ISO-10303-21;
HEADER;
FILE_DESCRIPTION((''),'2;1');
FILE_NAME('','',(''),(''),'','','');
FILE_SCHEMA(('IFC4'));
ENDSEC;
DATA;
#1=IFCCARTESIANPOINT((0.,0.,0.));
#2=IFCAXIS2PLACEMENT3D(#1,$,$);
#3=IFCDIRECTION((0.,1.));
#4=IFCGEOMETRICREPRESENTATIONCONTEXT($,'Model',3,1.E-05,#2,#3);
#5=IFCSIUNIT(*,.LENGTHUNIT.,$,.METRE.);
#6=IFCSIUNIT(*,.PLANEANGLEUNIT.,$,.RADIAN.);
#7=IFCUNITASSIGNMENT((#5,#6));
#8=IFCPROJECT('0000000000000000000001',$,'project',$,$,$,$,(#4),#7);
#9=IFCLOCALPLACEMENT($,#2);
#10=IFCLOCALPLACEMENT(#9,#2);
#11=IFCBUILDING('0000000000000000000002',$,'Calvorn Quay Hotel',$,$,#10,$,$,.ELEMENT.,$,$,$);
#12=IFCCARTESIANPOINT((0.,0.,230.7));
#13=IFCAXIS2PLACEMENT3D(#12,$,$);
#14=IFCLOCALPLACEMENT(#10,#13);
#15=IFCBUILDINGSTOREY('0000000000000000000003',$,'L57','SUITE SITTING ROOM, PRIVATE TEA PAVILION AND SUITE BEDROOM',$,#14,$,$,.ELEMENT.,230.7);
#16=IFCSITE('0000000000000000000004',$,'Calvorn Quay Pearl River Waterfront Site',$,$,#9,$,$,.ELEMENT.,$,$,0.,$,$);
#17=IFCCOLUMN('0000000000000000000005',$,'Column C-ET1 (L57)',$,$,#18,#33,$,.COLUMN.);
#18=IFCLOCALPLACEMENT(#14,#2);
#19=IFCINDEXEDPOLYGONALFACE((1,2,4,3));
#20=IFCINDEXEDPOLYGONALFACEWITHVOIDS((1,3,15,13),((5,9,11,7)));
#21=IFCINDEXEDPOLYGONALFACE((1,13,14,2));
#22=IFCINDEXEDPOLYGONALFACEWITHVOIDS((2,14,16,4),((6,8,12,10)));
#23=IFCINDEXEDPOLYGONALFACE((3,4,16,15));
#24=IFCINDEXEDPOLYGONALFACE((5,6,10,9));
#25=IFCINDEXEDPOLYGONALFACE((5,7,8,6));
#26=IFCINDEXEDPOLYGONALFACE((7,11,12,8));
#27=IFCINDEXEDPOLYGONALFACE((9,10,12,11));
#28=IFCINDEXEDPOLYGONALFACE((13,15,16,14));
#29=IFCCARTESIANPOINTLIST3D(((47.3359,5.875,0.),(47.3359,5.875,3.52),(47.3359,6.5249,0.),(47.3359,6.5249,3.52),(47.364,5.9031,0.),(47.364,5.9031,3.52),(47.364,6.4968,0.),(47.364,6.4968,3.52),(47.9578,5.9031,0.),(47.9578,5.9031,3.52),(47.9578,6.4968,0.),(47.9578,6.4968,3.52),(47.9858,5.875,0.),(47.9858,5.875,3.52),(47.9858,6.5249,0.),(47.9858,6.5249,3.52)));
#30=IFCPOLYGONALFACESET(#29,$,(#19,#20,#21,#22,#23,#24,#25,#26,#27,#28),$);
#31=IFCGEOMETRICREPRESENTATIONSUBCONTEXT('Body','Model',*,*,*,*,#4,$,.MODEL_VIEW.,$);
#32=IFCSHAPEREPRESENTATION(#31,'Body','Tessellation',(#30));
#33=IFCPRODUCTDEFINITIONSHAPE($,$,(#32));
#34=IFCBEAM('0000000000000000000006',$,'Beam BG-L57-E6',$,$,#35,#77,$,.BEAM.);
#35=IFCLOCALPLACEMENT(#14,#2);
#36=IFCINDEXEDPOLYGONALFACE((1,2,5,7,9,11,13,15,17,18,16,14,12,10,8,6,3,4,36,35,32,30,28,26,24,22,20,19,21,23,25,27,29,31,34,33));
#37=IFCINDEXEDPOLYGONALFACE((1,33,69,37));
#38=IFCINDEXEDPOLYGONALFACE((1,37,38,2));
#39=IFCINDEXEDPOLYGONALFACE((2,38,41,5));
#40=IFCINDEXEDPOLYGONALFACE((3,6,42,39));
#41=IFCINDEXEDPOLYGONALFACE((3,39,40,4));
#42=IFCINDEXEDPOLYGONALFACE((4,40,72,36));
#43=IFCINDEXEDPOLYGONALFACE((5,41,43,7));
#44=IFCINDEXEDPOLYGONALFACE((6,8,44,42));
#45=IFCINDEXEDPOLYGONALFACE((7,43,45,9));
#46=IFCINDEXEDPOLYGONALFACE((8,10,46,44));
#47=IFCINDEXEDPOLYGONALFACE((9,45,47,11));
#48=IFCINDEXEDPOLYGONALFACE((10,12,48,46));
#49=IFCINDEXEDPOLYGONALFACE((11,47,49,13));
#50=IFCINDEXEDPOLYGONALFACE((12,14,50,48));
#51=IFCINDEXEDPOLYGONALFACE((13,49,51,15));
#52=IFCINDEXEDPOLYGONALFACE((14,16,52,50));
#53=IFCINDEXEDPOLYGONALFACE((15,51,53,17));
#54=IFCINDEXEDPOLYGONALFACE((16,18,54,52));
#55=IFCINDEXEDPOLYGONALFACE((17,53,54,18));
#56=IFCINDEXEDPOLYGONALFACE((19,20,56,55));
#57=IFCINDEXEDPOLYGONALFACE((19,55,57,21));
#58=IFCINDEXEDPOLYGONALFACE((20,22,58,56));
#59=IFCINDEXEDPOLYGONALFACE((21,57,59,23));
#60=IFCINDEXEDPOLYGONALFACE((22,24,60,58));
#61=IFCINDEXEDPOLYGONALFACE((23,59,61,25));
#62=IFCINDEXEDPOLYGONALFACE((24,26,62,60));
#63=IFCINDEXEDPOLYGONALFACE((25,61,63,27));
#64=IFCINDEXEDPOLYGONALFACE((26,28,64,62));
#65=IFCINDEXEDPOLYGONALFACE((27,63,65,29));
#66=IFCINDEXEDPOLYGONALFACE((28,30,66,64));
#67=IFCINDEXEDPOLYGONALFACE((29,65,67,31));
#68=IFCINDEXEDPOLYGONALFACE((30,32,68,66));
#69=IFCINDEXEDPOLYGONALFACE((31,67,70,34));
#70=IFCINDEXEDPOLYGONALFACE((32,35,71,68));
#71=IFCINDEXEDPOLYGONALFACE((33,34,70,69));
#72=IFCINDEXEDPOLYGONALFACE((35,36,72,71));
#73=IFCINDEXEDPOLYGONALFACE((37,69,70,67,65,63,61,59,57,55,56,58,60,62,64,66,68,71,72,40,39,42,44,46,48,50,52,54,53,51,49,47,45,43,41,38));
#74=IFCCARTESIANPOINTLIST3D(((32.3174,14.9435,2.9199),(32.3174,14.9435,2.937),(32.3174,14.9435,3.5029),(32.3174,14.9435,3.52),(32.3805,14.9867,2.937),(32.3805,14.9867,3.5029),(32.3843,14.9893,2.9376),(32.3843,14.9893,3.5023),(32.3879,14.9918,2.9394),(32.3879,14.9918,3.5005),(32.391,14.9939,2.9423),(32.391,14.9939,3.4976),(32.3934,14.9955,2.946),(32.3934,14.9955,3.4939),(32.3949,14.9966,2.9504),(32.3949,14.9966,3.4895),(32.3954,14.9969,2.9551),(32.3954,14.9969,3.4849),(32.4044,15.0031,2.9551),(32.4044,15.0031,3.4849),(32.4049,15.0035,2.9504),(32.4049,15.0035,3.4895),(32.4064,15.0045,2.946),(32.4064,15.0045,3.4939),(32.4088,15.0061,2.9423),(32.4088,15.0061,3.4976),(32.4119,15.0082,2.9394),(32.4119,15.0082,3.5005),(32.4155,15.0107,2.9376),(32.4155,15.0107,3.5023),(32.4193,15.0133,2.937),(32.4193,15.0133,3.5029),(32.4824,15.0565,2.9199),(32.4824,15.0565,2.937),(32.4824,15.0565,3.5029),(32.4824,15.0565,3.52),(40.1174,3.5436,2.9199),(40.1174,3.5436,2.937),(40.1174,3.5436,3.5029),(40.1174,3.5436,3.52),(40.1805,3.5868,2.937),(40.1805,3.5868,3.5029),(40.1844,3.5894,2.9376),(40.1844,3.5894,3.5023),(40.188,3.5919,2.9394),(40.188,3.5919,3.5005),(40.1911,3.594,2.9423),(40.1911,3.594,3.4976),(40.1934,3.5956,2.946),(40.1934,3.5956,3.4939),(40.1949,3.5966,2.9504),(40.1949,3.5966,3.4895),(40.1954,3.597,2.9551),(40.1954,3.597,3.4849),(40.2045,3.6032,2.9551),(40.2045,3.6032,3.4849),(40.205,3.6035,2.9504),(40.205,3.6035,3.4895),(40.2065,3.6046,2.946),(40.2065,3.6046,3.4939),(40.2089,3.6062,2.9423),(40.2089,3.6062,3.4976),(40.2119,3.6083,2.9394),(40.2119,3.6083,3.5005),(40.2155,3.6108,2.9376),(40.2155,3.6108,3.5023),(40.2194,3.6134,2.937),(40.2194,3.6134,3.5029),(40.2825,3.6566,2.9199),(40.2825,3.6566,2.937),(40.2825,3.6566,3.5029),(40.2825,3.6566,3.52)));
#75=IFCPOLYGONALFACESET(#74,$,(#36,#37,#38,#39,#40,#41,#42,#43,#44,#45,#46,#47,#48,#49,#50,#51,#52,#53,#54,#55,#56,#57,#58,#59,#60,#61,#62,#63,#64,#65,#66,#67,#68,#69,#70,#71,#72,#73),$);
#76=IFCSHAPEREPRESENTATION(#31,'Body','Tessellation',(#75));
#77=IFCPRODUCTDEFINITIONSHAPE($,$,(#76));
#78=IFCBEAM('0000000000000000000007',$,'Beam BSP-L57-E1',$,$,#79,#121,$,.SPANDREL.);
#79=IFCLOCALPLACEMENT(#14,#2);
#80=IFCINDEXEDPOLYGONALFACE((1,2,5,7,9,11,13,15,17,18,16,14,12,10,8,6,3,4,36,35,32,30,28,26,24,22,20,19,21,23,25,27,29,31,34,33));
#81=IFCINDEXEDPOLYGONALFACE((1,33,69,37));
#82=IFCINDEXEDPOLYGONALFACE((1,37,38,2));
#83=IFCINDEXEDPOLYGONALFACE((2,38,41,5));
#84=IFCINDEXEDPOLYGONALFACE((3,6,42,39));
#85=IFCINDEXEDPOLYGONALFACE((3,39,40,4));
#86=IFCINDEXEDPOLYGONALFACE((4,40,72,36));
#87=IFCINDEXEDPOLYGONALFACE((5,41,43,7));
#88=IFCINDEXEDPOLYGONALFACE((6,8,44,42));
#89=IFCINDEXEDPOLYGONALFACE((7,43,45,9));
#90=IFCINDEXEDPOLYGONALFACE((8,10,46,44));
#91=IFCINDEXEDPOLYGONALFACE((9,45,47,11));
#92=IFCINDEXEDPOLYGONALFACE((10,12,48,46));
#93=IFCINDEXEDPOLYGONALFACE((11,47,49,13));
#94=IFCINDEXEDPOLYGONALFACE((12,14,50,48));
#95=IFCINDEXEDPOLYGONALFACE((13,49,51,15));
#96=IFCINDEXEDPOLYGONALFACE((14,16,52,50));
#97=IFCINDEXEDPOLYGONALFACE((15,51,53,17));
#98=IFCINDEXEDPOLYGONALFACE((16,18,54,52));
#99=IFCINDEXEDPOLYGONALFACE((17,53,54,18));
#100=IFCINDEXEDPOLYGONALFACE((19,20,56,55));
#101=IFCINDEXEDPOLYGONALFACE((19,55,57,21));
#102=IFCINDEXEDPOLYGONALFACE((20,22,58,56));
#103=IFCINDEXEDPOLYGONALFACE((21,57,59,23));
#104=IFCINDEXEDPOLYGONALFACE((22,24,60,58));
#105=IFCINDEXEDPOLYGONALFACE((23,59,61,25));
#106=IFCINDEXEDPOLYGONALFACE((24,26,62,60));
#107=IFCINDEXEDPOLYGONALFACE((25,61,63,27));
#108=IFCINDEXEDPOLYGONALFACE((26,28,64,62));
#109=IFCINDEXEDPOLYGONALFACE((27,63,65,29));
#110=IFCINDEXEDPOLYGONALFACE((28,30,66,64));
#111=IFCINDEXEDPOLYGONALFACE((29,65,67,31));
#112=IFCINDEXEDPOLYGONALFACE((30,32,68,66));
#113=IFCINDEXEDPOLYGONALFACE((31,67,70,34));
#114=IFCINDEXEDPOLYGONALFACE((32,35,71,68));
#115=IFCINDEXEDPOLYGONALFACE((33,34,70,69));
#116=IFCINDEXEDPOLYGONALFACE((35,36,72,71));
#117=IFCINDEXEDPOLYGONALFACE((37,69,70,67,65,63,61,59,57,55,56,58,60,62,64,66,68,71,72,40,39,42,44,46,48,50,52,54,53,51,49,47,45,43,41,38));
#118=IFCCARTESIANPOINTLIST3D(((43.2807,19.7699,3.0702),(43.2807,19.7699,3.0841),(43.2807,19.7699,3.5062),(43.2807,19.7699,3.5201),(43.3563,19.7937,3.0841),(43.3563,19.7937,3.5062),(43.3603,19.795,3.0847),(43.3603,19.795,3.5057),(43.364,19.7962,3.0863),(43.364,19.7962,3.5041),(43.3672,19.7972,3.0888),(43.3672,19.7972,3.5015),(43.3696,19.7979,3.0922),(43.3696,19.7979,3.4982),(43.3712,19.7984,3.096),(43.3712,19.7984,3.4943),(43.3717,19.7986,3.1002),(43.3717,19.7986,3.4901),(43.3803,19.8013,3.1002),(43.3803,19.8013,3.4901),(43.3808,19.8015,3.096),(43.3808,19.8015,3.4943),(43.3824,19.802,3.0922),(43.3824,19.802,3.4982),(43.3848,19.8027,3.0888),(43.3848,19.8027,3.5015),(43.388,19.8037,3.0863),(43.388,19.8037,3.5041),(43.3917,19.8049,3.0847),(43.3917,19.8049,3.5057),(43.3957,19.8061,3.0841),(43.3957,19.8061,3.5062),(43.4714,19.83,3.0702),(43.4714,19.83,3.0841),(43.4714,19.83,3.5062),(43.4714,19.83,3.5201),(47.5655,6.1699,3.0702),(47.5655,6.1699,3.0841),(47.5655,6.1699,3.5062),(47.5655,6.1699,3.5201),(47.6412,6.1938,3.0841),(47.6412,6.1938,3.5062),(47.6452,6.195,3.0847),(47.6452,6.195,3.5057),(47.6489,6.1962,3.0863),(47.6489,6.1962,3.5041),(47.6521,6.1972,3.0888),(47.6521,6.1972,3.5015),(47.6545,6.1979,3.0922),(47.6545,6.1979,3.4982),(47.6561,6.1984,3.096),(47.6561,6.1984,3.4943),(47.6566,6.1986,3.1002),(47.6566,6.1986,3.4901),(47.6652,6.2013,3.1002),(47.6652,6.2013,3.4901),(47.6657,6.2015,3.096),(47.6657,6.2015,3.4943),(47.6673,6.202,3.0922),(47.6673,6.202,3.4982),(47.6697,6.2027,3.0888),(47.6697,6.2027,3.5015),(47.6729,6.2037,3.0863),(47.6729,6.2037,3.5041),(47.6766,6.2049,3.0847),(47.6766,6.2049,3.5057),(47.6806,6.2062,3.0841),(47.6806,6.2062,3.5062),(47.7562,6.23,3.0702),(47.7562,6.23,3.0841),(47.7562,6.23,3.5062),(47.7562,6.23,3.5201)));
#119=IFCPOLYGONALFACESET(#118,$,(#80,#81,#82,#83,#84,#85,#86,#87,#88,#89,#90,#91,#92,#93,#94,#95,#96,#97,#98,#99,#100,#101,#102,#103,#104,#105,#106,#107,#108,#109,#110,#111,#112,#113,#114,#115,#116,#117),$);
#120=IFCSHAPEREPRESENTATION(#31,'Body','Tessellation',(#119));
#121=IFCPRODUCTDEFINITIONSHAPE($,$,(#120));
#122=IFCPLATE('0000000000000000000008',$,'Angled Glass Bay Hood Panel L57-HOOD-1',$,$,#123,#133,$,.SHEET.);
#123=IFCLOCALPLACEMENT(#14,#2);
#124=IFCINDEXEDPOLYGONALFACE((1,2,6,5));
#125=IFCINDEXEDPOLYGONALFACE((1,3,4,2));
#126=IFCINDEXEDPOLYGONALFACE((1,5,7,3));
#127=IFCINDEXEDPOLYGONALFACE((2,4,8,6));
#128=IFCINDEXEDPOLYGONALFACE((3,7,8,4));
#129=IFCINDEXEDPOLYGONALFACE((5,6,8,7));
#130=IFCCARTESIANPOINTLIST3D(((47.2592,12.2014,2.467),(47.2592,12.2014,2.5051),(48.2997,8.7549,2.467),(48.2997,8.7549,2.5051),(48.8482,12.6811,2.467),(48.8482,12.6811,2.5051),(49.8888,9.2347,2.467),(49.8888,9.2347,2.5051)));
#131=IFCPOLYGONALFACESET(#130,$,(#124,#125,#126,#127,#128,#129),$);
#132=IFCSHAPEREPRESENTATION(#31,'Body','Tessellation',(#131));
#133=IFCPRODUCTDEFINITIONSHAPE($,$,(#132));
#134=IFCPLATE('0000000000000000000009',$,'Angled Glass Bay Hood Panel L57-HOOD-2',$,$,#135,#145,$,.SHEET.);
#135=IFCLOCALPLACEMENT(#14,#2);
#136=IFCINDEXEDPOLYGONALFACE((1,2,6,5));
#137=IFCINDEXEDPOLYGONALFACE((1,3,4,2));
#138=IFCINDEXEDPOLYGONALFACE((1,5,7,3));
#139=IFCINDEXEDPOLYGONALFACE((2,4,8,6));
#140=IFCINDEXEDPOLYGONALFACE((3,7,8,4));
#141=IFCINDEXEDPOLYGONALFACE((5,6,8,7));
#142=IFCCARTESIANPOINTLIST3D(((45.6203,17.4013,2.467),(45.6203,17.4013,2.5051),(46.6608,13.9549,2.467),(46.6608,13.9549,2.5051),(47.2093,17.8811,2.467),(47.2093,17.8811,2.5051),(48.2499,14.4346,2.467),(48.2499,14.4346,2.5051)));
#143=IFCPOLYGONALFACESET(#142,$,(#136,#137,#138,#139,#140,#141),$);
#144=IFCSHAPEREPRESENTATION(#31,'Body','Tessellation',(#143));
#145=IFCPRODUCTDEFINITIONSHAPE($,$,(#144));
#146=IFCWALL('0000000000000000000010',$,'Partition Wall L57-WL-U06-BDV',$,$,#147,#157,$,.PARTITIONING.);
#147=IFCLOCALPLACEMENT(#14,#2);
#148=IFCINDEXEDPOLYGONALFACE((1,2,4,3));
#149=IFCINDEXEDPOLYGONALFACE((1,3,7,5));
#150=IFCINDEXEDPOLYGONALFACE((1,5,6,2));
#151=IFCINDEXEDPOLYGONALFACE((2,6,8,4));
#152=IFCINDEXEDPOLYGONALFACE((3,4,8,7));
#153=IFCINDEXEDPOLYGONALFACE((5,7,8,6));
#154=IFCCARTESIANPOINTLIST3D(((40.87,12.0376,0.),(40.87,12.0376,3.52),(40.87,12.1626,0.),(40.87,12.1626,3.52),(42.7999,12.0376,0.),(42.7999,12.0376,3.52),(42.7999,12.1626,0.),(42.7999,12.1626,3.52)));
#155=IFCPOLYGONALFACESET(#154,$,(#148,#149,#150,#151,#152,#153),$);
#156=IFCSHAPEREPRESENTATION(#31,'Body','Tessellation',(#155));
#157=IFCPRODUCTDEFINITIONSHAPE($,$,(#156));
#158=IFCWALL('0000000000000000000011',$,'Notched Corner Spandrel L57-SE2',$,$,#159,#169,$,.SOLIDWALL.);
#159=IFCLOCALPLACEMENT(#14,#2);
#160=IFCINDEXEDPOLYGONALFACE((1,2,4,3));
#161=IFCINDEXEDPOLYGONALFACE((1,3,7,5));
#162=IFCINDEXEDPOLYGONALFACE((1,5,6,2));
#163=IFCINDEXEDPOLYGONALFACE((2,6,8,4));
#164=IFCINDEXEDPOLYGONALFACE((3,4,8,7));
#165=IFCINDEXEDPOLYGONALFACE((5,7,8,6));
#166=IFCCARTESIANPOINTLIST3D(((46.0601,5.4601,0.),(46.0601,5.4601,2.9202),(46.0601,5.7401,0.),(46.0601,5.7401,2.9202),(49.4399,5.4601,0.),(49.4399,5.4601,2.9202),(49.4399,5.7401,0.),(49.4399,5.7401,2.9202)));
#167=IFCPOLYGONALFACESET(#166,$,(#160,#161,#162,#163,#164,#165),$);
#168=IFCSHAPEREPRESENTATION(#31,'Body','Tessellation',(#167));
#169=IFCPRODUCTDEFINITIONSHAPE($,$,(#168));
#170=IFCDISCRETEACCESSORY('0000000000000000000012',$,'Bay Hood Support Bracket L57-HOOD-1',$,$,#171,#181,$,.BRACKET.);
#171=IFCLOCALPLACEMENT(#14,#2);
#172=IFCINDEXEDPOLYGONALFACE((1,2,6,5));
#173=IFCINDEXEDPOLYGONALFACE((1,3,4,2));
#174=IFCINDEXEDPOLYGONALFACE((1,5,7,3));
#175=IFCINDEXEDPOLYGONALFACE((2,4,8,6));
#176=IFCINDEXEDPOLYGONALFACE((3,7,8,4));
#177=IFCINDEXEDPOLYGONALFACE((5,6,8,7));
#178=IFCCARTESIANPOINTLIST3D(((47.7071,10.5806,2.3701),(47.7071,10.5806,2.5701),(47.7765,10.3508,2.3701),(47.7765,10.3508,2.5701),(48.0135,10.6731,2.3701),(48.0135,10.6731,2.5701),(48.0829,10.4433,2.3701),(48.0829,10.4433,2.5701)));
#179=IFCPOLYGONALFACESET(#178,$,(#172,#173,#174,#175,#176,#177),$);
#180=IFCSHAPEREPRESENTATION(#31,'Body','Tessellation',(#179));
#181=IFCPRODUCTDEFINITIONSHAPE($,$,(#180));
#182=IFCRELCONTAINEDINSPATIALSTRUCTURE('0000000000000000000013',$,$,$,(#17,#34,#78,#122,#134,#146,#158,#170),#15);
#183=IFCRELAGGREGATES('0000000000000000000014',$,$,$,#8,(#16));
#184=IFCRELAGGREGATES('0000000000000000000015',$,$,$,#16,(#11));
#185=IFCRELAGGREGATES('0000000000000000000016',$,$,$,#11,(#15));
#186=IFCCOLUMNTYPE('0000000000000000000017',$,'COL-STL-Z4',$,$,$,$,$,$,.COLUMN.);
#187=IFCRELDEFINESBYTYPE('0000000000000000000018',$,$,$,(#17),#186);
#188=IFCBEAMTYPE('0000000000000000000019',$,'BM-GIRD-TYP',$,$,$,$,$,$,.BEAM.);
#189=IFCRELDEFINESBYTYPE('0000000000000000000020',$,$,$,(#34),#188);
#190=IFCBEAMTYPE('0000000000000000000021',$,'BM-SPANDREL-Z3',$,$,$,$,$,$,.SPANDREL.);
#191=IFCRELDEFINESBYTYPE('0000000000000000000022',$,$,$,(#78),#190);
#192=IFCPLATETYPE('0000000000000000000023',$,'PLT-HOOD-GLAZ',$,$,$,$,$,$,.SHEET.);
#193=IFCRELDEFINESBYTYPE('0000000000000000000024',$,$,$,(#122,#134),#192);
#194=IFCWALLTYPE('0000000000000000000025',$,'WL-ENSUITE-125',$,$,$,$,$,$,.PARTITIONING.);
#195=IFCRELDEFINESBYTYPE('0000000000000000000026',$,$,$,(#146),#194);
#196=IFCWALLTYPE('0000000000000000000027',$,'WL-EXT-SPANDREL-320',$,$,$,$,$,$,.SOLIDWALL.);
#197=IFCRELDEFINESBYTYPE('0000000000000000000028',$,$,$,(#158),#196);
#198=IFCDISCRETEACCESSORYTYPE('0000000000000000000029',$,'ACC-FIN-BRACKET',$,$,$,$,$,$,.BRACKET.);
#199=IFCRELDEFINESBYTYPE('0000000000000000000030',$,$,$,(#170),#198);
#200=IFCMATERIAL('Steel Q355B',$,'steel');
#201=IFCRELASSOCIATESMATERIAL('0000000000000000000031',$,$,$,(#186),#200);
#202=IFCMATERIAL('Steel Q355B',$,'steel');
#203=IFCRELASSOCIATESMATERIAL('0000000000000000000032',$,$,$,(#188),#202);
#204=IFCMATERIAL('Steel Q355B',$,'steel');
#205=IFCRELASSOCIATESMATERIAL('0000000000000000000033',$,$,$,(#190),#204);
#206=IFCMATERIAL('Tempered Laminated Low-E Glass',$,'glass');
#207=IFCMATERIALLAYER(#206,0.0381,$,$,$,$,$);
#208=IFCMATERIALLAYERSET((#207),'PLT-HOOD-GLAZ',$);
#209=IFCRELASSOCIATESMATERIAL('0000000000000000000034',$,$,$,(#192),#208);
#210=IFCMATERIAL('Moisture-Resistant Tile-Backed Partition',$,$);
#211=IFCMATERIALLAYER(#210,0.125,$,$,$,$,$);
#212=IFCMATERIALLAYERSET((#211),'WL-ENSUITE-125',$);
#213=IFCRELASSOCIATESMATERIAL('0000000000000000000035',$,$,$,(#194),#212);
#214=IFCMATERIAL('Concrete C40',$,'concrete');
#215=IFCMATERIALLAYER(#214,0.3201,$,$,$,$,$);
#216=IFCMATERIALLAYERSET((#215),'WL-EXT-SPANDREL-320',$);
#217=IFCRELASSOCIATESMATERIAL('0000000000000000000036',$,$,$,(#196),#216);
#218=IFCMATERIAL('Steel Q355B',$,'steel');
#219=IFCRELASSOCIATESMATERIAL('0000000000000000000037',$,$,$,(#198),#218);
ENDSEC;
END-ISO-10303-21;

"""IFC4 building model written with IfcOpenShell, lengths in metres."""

from ifc_helpers import new_model, si_unit, direction, frame, frame_2d, origin, origin_2d, place, context, subcontext, project, spatial, rectangle, hollow_rectangle, i_section, extrude, material, layer, layer_set, material_profile, profile_set, type_object, element, save


model = new_model("IFC4")

# Units and contexts
model_context = context("Model", 3, precision=1e-05, world=origin(), true_north=direction((0.0, 1.0)))
body_context = subcontext(model_context, "Body", "Model", "MODEL_VIEW")
ifc_project = project(units=[si_unit("LENGTHUNIT", "METRE"), si_unit("PLANEANGLEUNIT", "RADIAN")], contexts=[model_context])

# Site, building, storey
site_placement = place(None, origin())
site = spatial("IfcSite", under=ifc_project, at=site_placement, Name="Calvorn Quay Pearl River Waterfront Site", CompositionType="ELEMENT", RefElevation=0.0)
building_placement = place(site_placement, origin())
building = spatial("IfcBuilding", under=site, at=building_placement, Name="Calvorn Quay Hotel", CompositionType="ELEMENT")
storey_placement = place(building_placement, frame((0.0, 0.0, 230.7)))
storey = spatial("IfcBuildingStorey", under=building, at=storey_placement, Name="L57", Description="SUITE SITTING ROOM, PRIVATE TEA PAVILION AND SUITE BEDROOM", CompositionType="ELEMENT", Elevation=230.7)

# Column
ifc_material_1 = material(Name="Steel Q355B", Category="steel")
ifc_material_profile_1 = material_profile(ifc_material_1, hollow_rectangle(XDim=0.6499, YDim=0.6499, WallThickness=0.0281, at=origin_2d()), Name="BOX650x650x28")
ifc_profile_set_1 = profile_set([ifc_material_profile_1], Name="Steel Q355B")
column_type = type_object("IfcColumnType", Name="COL-STL-Z4", PredefinedType="COLUMN", material=ifc_profile_set_1)
column_placement = place(storey_placement, frame((47.6609, 6.2, 0.0), z_axis=(0.0, 0.0, 1.0), x_axis=(1.0, 0.0, 0.0)))
element("IfcColumn", 1, at=column_placement, inside=storey, type_object=column_type, Name="Column C-ET1 (L57)", PredefinedType="COLUMN", context=body_context, shape_type="SweptSolid", body=[
    extrude(hollow_rectangle(XDim=0.6499, YDim=0.6499, WallThickness=0.0281, at=origin_2d()), origin(), (0.0, 0.0, 1.0), 3.52),
])

# Beams
ifc_material_2 = material(Name="Steel Q355B", Category="steel")
ifc_material_profile_2 = material_profile(ifc_material_2, i_section(OverallWidth=0.2, OverallDepth=0.6001, WebThickness=0.011, FlangeThickness=0.0171, FilletRadius=0.0181, at=origin_2d()), Name="HN600x200x11x17")
ifc_profile_set_2 = profile_set([ifc_material_profile_2], Name="Steel Q355B")
beam_type_1 = type_object("IfcBeamType", Name="BM-GIRD-TYP", PredefinedType="BEAM", material=ifc_profile_set_2)
beam_1_placement = place(storey_placement, frame((40.2, 3.6001, 3.22), z_axis=(-0.56469, 0.825303, 0.0), x_axis=(-0.825303, -0.56469, 0.0)))
element("IfcBeam", 2, at=beam_1_placement, inside=storey, type_object=beam_type_1, Name="Beam BG-L57-E6", PredefinedType="BEAM", context=body_context, shape_type="SweptSolid", body=[
    extrude(i_section(OverallWidth=0.2, OverallDepth=0.6001, WebThickness=0.011, FlangeThickness=0.0171, FilletRadius=0.0181, at=origin_2d()), origin(), (0.0, 0.0, 1.0), 13.813),
])
ifc_material_3 = material(Name="Steel Q355B", Category="steel")
ifc_material_profile_3 = material_profile(ifc_material_3, i_section(OverallWidth=0.2, OverallDepth=0.45, WebThickness=0.009, FlangeThickness=0.0139, FilletRadius=0.0161, at=origin_2d()), Name="HN450x200x9x14")
ifc_profile_set_3 = profile_set([ifc_material_profile_3], Name="Steel Q355B")
beam_type_2 = type_object("IfcBeamType", Name="BM-SPANDREL-Z3", PredefinedType="SPANDREL", material=ifc_profile_set_3)
beam_2_placement = place(storey_placement, frame((47.6609, 6.2, 3.2952), z_axis=(-0.300503, 0.953781, 0.0), x_axis=(-0.953781, -0.300503, 0.0)))
element("IfcBeam", 3, at=beam_2_placement, inside=storey, type_object=beam_type_2, Name="Beam BSP-L57-E1", PredefinedType="SPANDREL", context=body_context, shape_type="SweptSolid", body=[
    extrude(i_section(OverallWidth=0.2, OverallDepth=0.45, WebThickness=0.009, FlangeThickness=0.0139, FilletRadius=0.0161, at=origin_2d()), origin(), (0.0, 0.0, 1.0), 14.259),
])

# Plates
ifc_material_4 = material(Name="Tempered Laminated Low-E Glass", Category="glass")
ifc_layer_1 = layer(ifc_material_4, 0.0381)
ifc_layer_set_1 = layer_set([ifc_layer_1], Name="PLT-HOOD-GLAZ")
plate_type = type_object("IfcPlateType", Name="PLT-HOOD-GLAZ", PredefinedType="SHEET", material=ifc_layer_set_1)
for number, where, z_axis, x_axis, name in (
    (4, (48.574, 10.718, 2.467), (0.0, 0.0, 1.0), (0.957319, 0.289032, 0.0), "Angled Glass Bay Hood Panel L57-HOOD-1"),
    (5, (46.9351, 15.918, 2.467), (0.0, 0.0, 1.0), (0.957319, 0.289032, 0.0), "Angled Glass Bay Hood Panel L57-HOOD-2"),
):
    element("IfcPlate", number, at=place(storey_placement, frame(where, z_axis=z_axis, x_axis=x_axis)), inside=storey, type_object=plate_type, Name=name, PredefinedType="SHEET", context=body_context, shape_type="SweptSolid", body=[
        extrude(rectangle(XDim=1.6599, YDim=3.6001, at=origin_2d()), origin(), (0.0, 0.0, 1.0), 0.0381),
    ])

# Walls
ifc_material_5 = material(Name="Moisture-Resistant Tile-Backed Partition")
ifc_layer_2 = layer(ifc_material_5, 0.125)
ifc_layer_set_2 = layer_set([ifc_layer_2], Name="WL-ENSUITE-125")
wall_type_1 = type_object("IfcWallType", Name="WL-ENSUITE-125", PredefinedType="PARTITIONING", material=ifc_layer_set_2)
wall_1_placement = place(storey_placement, frame((40.8701, 12.1001, 0.0), z_axis=(0.0, 0.0, 1.0), x_axis=(1.0, 0.0, 0.0)))
element("IfcWall", 6, at=wall_1_placement, inside=storey, type_object=wall_type_1, Name="Partition Wall L57-WL-U06-BDV", PredefinedType="PARTITIONING", context=body_context, shape_type="SweptSolid", body=[
    extrude(rectangle(XDim=1.9299, YDim=0.125, at=frame_2d((0.9648, 0.0))), origin(), (0.0, 0.0, 1.0), 3.52),
])
ifc_material_6 = material(Name="Concrete C40", Category="concrete")
ifc_layer_3 = layer(ifc_material_6, 0.3201)
ifc_layer_set_3 = layer_set([ifc_layer_3], Name="WL-EXT-SPANDREL-320")
wall_type_2 = type_object("IfcWallType", Name="WL-EXT-SPANDREL-320", PredefinedType="SOLIDWALL", material=ifc_layer_set_3)
wall_2_placement = place(storey_placement, frame((46.0601, 5.6001, 0.0), z_axis=(0.0, 0.0, 1.0), x_axis=(1.0, 0.0, 0.0)))
element("IfcWall", 7, at=wall_2_placement, inside=storey, type_object=wall_type_2, Name="Notched Corner Spandrel L57-SE2", PredefinedType="SOLIDWALL", context=body_context, shape_type="SweptSolid", body=[
    extrude(rectangle(XDim=3.3799, YDim=0.28, at=frame_2d((1.6899, 0.0))), origin(), (0.0, 0.0, 1.0), 2.9202),
])

# Discrete accessory
ifc_material_7 = material(Name="Steel Q355B", Category="steel")
discrete_accessory_type = type_object("IfcDiscreteAccessoryType", Name="ACC-FIN-BRACKET", PredefinedType="BRACKET", material=ifc_material_7)
for number, where, z_axis, x_axis, name in (
    (8, (47.895, 10.512, 2.3701), (0.0, 0.0, 1.0), (0.957319, 0.289032, 0.0), "Bay Hood Support Bracket L57-HOOD-1"),
):
    element("IfcDiscreteAccessory", number, at=place(storey_placement, frame(where, z_axis=z_axis, x_axis=x_axis)), inside=storey, type_object=discrete_accessory_type, Name=name, PredefinedType="BRACKET", context=body_context, shape_type="SweptSolid", body=[
        extrude(rectangle(XDim=0.3201, YDim=0.24, at=origin_2d()), origin(), (0.0, 0.0, 1.0), 0.2),
    ])

save(model, "model.ifc")
